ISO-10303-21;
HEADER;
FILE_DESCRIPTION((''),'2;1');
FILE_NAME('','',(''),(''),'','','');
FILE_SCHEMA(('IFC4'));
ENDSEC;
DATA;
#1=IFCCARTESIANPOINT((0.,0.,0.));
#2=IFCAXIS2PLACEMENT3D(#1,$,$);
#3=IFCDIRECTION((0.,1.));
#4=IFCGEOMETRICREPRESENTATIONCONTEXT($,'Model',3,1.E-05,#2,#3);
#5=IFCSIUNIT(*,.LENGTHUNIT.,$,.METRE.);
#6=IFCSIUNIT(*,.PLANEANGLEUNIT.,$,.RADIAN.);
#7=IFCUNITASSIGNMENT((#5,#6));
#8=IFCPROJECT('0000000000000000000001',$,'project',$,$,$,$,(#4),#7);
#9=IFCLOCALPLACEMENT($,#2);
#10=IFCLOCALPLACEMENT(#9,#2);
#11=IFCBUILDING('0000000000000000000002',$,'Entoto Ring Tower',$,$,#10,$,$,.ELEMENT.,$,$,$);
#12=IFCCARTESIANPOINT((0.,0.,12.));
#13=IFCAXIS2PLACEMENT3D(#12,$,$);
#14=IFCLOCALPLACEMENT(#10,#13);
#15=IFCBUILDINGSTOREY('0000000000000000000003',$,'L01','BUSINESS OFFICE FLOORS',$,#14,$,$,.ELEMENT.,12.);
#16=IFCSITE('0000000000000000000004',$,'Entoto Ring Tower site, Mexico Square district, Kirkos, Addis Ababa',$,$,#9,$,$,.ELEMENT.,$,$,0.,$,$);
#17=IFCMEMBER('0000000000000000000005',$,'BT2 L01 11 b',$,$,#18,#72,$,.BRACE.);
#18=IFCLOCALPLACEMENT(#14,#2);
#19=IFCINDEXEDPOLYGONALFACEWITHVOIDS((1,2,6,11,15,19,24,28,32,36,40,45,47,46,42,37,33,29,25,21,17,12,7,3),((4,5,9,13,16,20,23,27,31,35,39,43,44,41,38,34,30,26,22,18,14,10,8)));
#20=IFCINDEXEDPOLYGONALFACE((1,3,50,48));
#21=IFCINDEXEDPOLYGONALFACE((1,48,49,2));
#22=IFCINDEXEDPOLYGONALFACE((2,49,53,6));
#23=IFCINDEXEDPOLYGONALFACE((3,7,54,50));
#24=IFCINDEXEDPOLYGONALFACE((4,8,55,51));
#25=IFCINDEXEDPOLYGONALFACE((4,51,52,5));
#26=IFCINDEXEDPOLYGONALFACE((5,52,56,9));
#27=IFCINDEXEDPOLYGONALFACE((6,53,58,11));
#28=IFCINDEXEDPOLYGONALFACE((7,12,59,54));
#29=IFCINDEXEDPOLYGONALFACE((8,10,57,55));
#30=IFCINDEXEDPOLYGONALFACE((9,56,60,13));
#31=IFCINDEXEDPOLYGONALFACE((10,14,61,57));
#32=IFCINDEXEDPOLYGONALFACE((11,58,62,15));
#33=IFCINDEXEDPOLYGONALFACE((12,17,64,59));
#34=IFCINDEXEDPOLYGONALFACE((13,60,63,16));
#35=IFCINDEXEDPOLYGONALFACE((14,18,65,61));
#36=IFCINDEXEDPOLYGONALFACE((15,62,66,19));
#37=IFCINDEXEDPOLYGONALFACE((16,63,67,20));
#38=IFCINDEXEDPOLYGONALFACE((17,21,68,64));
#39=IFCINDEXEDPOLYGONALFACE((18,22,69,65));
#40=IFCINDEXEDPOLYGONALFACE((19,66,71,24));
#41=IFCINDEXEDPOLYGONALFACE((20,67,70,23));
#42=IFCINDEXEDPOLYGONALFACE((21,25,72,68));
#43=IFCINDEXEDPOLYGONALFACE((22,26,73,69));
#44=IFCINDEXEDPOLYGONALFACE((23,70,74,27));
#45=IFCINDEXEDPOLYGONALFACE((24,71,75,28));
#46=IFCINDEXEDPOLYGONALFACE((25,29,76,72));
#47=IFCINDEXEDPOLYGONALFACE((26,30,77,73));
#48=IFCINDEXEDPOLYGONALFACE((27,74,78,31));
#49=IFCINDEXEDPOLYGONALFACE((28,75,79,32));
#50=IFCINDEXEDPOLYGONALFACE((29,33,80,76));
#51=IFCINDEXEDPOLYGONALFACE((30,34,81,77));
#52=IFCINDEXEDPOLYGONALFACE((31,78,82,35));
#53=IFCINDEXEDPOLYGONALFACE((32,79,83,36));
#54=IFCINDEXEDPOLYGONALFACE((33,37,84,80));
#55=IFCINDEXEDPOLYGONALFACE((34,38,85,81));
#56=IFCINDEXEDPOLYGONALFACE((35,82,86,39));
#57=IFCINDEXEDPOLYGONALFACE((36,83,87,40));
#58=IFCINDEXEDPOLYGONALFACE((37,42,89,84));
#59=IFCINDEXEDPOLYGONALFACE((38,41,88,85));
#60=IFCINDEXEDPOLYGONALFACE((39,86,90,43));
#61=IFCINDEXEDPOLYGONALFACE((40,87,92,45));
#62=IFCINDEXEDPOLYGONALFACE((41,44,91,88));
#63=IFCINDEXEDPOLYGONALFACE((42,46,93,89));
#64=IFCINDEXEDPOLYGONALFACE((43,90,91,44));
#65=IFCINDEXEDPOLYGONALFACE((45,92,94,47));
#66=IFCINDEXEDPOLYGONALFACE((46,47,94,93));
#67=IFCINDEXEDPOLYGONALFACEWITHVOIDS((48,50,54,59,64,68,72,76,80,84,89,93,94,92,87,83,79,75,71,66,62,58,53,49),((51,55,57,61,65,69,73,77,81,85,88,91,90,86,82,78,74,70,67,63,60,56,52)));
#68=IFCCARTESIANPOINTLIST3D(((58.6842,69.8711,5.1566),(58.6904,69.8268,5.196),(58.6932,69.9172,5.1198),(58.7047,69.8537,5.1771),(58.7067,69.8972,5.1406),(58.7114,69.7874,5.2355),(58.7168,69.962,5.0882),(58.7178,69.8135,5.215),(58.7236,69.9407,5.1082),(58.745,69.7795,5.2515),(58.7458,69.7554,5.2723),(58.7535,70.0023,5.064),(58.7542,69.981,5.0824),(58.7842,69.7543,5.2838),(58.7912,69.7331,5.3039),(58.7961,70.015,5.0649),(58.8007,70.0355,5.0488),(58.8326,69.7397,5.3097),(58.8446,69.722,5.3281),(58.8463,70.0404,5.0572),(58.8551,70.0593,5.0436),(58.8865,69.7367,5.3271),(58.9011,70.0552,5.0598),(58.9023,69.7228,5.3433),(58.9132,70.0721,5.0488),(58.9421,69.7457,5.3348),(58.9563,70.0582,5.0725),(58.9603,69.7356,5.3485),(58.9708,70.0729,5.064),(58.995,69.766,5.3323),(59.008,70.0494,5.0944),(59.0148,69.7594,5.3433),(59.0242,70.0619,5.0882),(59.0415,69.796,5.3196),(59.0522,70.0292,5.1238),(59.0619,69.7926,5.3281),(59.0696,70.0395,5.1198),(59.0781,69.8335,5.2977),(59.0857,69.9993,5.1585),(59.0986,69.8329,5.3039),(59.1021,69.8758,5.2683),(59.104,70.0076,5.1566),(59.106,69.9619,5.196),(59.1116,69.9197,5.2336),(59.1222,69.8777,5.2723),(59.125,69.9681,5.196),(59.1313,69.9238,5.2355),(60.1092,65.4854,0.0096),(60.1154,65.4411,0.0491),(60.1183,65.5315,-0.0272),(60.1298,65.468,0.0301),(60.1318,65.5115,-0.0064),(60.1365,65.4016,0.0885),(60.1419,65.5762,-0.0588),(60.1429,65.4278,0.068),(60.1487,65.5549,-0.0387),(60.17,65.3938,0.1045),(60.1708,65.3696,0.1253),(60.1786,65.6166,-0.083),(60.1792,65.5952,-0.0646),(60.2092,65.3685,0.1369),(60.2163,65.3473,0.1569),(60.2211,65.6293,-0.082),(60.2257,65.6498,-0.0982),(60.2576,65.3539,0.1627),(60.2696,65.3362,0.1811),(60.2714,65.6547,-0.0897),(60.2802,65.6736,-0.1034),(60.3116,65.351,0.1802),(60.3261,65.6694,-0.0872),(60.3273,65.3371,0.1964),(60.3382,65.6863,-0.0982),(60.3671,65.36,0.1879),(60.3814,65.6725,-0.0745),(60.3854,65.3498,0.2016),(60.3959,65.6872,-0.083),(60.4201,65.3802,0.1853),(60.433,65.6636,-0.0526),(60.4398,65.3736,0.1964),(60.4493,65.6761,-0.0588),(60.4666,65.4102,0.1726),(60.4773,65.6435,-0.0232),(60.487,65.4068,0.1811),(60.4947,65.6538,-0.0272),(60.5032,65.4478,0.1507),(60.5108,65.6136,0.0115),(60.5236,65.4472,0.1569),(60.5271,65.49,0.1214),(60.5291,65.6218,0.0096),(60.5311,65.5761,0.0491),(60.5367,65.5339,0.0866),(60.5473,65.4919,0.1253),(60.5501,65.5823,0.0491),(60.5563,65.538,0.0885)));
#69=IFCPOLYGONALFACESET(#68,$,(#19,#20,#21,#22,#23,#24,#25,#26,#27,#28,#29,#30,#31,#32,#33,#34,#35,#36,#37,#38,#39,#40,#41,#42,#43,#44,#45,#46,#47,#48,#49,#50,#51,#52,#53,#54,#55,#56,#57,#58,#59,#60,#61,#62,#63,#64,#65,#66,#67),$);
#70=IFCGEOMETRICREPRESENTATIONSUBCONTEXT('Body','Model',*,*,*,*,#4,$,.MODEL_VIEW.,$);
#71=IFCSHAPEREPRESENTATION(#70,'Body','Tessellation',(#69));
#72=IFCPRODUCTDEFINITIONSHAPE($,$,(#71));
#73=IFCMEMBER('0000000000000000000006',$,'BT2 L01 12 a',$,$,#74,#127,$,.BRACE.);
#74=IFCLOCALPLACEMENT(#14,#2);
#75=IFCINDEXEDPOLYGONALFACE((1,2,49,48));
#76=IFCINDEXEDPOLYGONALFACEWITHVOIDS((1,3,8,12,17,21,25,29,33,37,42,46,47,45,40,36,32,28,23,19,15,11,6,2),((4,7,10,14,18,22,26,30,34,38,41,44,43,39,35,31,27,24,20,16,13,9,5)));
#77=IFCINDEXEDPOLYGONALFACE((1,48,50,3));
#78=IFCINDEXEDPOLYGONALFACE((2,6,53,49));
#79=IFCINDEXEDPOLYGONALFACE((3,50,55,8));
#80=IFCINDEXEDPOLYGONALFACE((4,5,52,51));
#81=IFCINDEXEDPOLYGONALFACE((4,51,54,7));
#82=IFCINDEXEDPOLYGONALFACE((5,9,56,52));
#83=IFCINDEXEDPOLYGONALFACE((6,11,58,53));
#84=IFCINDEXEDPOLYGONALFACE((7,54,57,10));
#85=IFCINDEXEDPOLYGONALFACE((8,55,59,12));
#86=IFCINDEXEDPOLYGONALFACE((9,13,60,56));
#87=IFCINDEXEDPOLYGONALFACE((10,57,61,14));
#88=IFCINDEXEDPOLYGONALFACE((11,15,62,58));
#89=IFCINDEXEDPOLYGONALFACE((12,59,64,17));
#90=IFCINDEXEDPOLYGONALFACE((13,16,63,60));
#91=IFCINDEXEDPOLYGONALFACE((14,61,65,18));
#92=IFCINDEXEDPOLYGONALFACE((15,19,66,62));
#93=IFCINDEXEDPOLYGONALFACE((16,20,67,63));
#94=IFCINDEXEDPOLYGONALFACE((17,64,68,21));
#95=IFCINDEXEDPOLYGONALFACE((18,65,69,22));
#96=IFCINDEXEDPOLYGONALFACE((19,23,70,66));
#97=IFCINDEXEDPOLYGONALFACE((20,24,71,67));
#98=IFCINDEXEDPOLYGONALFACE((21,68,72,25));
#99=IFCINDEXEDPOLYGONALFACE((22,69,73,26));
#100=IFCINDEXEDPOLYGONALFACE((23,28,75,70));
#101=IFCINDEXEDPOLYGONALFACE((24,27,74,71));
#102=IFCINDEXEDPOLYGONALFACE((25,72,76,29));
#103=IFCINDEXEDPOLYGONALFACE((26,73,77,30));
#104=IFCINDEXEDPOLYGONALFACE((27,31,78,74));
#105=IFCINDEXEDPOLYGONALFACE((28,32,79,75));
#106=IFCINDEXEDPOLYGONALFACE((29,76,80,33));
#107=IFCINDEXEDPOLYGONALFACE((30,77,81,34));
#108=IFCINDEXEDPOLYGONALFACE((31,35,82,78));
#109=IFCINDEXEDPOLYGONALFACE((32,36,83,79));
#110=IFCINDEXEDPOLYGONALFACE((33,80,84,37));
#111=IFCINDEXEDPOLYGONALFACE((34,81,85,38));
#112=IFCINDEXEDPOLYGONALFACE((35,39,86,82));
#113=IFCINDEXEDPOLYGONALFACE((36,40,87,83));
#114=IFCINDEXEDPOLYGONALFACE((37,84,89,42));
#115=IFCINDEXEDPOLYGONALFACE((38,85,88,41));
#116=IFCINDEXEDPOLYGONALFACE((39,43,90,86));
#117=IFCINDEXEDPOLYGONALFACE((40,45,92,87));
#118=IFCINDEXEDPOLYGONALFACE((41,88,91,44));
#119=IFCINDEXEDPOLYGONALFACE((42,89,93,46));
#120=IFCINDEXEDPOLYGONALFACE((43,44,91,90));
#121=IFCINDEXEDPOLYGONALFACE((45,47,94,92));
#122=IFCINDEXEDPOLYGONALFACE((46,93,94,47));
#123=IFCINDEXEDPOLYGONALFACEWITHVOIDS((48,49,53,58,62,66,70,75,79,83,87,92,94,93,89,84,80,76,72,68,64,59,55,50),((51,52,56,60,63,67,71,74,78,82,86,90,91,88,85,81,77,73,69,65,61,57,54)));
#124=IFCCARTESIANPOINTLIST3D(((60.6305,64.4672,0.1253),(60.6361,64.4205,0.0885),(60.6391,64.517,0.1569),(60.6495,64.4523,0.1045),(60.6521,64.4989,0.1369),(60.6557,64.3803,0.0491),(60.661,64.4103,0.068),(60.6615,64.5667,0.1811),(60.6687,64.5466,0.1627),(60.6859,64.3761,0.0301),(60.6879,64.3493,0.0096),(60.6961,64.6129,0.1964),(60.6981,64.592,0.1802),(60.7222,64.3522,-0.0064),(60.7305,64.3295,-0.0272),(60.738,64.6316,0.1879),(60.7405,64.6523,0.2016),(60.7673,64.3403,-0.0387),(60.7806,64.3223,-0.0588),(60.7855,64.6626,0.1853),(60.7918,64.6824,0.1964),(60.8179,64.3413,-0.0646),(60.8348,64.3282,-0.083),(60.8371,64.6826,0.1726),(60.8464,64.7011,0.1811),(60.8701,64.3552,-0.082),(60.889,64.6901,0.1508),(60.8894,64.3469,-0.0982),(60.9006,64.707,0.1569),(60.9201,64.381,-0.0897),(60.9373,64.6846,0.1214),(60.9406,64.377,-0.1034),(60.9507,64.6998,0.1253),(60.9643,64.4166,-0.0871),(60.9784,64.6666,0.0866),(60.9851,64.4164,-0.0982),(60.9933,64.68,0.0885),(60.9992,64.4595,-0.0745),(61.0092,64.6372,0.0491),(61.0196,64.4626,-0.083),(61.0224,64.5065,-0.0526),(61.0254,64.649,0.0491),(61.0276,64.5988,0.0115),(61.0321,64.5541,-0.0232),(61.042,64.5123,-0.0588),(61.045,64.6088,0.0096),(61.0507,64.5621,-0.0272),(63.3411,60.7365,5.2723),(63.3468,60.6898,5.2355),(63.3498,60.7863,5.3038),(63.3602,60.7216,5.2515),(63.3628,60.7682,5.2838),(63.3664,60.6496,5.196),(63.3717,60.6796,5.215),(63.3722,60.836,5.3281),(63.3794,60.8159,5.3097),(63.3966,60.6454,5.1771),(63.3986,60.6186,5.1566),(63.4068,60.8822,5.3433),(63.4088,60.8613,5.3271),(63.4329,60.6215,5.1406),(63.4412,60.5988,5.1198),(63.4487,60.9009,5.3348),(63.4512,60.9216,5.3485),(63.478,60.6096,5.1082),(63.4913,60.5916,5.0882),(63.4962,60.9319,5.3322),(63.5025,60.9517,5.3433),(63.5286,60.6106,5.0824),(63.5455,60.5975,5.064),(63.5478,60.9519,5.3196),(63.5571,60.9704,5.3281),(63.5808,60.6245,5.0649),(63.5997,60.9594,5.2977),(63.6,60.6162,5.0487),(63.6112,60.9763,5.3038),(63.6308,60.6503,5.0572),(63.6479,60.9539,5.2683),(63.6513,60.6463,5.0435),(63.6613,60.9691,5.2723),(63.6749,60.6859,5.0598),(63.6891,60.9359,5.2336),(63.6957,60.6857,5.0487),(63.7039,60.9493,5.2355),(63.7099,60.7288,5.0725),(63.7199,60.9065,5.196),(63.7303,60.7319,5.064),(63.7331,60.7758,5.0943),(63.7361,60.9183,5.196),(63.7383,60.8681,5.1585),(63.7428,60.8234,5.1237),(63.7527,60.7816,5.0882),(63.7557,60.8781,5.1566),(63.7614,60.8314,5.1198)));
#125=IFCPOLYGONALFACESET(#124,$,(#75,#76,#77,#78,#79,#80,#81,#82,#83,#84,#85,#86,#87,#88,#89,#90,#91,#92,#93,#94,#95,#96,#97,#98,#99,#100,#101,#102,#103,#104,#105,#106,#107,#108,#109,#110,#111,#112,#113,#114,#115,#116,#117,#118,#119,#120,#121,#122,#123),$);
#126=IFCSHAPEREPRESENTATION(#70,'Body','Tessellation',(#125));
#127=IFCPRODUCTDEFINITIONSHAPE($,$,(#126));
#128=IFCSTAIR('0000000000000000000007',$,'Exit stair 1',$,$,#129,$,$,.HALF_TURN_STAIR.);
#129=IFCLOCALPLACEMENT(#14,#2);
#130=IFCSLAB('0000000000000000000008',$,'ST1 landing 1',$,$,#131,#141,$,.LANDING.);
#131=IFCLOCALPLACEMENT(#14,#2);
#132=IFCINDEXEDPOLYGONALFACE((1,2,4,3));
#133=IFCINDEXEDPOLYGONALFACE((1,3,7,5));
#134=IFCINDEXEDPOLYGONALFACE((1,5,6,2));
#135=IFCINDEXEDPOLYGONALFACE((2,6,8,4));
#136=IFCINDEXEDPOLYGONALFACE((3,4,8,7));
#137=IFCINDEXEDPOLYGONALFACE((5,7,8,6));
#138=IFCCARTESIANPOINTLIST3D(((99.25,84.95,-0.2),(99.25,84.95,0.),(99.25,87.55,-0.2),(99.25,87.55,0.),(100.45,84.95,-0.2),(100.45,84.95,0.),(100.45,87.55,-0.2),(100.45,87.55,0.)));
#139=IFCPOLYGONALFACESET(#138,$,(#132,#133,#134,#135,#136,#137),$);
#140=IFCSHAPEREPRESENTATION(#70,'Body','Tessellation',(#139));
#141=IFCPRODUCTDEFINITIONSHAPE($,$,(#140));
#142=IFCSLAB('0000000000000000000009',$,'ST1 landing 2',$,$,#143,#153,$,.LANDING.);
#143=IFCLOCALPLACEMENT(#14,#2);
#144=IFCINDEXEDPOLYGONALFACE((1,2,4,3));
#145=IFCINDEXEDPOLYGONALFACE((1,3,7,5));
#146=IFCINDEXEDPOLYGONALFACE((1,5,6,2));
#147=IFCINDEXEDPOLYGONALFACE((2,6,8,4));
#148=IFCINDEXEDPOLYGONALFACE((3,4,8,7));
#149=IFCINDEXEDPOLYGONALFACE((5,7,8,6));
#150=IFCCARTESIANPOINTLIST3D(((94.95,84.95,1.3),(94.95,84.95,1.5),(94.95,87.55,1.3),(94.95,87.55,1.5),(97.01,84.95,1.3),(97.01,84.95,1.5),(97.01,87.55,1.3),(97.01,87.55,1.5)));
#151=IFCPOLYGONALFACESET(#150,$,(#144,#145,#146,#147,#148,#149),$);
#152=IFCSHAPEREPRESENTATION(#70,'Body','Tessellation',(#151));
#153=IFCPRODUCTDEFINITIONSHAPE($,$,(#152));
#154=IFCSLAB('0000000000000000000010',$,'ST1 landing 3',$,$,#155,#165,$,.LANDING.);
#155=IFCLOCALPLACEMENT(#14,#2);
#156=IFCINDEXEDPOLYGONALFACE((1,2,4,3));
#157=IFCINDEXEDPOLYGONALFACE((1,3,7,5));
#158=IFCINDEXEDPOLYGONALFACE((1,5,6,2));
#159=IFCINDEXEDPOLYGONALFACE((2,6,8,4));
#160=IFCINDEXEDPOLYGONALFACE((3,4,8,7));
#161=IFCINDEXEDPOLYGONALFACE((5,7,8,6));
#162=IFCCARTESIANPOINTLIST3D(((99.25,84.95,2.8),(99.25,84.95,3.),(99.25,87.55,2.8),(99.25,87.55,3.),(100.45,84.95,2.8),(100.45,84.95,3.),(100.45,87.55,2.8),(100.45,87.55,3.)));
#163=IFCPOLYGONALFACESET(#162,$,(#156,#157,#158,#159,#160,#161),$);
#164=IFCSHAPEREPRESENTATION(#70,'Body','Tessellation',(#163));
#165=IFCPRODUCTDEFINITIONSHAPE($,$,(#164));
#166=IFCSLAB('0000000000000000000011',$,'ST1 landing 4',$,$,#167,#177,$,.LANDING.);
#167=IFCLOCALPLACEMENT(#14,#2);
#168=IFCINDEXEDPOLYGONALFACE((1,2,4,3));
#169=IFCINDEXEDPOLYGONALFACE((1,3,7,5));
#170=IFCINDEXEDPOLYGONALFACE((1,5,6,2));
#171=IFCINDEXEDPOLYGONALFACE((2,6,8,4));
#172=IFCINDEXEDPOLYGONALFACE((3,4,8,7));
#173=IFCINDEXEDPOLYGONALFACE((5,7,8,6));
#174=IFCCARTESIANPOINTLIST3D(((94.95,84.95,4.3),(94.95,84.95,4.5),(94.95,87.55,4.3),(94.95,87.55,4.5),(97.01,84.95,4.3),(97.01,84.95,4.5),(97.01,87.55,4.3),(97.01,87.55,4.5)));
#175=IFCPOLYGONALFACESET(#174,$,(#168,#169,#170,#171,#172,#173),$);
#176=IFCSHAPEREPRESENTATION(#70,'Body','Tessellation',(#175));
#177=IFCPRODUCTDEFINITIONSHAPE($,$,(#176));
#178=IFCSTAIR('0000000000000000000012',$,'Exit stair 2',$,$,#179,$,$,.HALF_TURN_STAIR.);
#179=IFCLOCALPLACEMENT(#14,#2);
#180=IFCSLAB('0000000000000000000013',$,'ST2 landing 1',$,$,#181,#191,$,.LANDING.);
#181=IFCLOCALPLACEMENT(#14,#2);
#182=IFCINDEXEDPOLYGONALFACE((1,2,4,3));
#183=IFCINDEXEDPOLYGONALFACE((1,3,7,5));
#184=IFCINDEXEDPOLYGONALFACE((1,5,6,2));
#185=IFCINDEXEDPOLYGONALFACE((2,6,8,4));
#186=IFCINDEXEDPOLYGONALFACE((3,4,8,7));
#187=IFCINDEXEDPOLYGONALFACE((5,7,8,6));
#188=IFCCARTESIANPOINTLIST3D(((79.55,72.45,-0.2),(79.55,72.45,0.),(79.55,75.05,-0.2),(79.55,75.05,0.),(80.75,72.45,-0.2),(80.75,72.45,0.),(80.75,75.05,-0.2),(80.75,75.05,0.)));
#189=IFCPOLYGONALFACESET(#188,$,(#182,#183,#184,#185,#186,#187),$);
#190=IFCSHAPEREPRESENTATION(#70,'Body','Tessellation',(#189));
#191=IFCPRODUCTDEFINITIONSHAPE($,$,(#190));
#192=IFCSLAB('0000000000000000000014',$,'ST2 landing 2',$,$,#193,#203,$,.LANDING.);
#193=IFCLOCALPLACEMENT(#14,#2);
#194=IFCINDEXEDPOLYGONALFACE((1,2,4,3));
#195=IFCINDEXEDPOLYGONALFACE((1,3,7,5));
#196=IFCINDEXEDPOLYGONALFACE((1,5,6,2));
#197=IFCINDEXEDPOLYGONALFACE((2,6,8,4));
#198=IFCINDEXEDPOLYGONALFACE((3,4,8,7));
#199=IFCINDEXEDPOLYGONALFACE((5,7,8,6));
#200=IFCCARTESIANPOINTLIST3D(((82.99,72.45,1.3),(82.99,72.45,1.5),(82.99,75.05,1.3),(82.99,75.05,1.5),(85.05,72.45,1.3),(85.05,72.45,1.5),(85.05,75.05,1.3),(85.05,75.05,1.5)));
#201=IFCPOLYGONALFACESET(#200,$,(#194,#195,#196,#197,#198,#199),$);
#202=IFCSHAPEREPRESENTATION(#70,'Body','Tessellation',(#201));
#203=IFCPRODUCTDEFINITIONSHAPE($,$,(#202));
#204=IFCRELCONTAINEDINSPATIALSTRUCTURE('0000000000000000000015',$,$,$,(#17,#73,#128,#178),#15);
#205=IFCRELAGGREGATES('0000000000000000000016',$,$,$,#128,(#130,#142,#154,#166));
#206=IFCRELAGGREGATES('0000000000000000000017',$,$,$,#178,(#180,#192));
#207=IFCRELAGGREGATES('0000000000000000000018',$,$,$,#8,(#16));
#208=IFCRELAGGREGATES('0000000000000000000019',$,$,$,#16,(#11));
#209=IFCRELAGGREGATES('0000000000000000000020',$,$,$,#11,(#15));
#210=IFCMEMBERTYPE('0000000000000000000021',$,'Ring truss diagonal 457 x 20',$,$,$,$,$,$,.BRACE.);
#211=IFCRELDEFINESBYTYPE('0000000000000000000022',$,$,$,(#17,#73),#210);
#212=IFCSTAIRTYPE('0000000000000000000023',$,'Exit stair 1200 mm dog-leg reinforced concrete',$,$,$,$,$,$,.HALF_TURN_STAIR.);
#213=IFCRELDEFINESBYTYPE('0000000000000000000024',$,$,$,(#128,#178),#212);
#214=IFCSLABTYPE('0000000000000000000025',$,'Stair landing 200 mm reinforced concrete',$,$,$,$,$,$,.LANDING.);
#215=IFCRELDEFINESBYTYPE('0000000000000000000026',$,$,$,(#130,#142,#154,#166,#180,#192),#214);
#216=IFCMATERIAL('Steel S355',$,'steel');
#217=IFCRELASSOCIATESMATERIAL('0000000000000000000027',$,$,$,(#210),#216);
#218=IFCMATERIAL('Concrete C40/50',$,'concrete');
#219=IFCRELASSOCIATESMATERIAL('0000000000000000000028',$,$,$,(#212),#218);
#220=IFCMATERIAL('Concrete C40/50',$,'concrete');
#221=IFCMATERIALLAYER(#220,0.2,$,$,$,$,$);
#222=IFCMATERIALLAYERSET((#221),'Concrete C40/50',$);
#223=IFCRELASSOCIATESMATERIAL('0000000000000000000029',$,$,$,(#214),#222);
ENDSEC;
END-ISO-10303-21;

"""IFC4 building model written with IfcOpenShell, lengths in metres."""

from ifc_helpers import new_model, si_unit, direction, frame, origin, origin_2d, place, context, subcontext, project, spatial, polyline, circle, hollow_circle, outline, extrude, material, layer, layer_set, material_profile, profile_set, type_object, element, aggregate, save


model = new_model("IFC4")

# Units and contexts
model_context = context("Model", 3, precision=1e-05, world=origin(), true_north=direction((0.0, 1.0)))
body_context = subcontext(model_context, "Body", "Model", "MODEL_VIEW")
ifc_project = project(units=[si_unit("LENGTHUNIT", "METRE"), si_unit("PLANEANGLEUNIT", "RADIAN")], contexts=[model_context])

# Site, building, storey
site_placement = place(None, origin())
site = spatial("IfcSite", under=ifc_project, at=site_placement, Name="Entoto Ring Tower site, Mexico Square district, Kirkos, Addis Ababa", CompositionType="ELEMENT", RefElevation=0.0)
building_placement = place(site_placement, origin())
building = spatial("IfcBuilding", under=site, at=building_placement, Name="Entoto Ring Tower", CompositionType="ELEMENT")
storey_placement = place(building_placement, frame((0.0, 0.0, 12.0)))
storey = spatial("IfcBuildingStorey", under=building, at=storey_placement, Name="L01", Description="BUSINESS OFFICE FLOORS", CompositionType="ELEMENT", Elevation=12.0)

# Members
ifc_material_1 = material(Name="Steel S355", Category="steel")
ifc_material_profile_1 = material_profile(ifc_material_1, hollow_circle(Radius=0.2285, WallThickness=0.02, at=origin_2d()), Name="CHS 457 x 20")
ifc_material_2 = material(Name="Concrete C60/75", Category="concrete")
ifc_material_profile_2 = material_profile(ifc_material_2, circle(Radius=0.2085, at=origin_2d()), Name="Concrete C60/75 infill")
ifc_profile_set_1 = profile_set([ifc_material_profile_1, ifc_material_profile_2], Name="Steel S355")
member_type_1 = type_object("IfcMemberType", Name="Ring truss diagonal 457 x 20", PredefinedType="BRACE", material=ifc_profile_set_1)
for number, where, z_axis, x_axis, name in (
    (1, (58.9077, 69.8975, 5.196), (0.206211, -0.634637, -0.744791), (0.951054, 0.309024, 0.0), "BT2 L01 11 b"),
    (2, (60.8406, 64.5146, 0.0491), (0.392247, -0.539848, 0.744786), (0.808999, 0.58781, 0.0), "BT2 L01 12 a"),
):
    element("IfcMember", number, at=place(storey_placement, frame(where, z_axis=z_axis, x_axis=x_axis)), inside=storey, type_object=member_type_1, Name=name, PredefinedType="BRACE", context=body_context, shape_type="SweptSolid", body=[
        extrude(hollow_circle(Radius=0.2285, WallThickness=0.02, at=origin_2d()), origin(), (0.0, 0.0, 1.0), 6.9106),
    ])

# Stairs, slabs
ifc_material_3 = material(Name="Concrete C40/50", Category="concrete")
stair_type = type_object("IfcStairType", Name="Exit stair 1200 mm dog-leg reinforced concrete", PredefinedType="HALF_TURN_STAIR", material=ifc_material_3)
stair_1_placement = place(storey_placement, origin())
stair_1 = element("IfcStair", 3, at=stair_1_placement, inside=storey, type_object=stair_type, Name="Exit stair 1", PredefinedType="HALF_TURN_STAIR")
ifc_material_4 = material(Name="Concrete C40/50", Category="concrete")
ifc_layer_1 = layer(ifc_material_4, 0.2)
ifc_layer_set_1 = layer_set([ifc_layer_1], Name="Concrete C40/50")
slab_type_1 = type_object("IfcSlabType", Name="Stair landing 200 mm reinforced concrete", PredefinedType="LANDING", material=ifc_layer_set_1)
slab_1_placement = place(storey_placement, frame((0.0, 0.0, -0.2)))
slab_1 = element("IfcSlab", 4, at=slab_1_placement, type_object=slab_type_1, Name="ST1 landing 1", PredefinedType="LANDING", context=body_context, shape_type="SweptSolid", body=[
    extrude(outline(polyline([(100.45, 84.95), (100.45, 87.55), (99.25, 87.55), (99.25, 84.95), (100.45, 84.95)])), origin(), (0.0, 0.0, 1.0), 0.2),
])
slab_2_placement = place(storey_placement, frame((0.0, 0.0, 1.3)))
slab_2 = element("IfcSlab", 5, at=slab_2_placement, type_object=slab_type_1, Name="ST1 landing 2", PredefinedType="LANDING", context=body_context, shape_type="SweptSolid", body=[
    extrude(outline(polyline([(94.95, 84.95), (97.01, 84.95), (97.01, 87.55), (94.95, 87.55), (94.95, 84.95)])), origin(), (0.0, 0.0, 1.0), 0.2),
])
slab_3_placement = place(storey_placement, frame((0.0, 0.0, 2.8)))
slab_3 = element("IfcSlab", 6, at=slab_3_placement, type_object=slab_type_1, Name="ST1 landing 3", PredefinedType="LANDING", context=body_context, shape_type="SweptSolid", body=[
    extrude(outline(polyline([(99.25, 84.95), (100.45, 84.95), (100.45, 87.55), (99.25, 87.55), (99.25, 84.95)])), origin(), (0.0, 0.0, 1.0), 0.2),
])
slab_4_placement = place(storey_placement, frame((0.0, 0.0, 4.3)))
slab_4 = element("IfcSlab", 7, at=slab_4_placement, type_object=slab_type_1, Name="ST1 landing 4", PredefinedType="LANDING", context=body_context, shape_type="SweptSolid", body=[
    extrude(outline(polyline([(94.95, 84.95), (97.01, 84.95), (97.01, 87.55), (94.95, 87.55), (94.95, 84.95)])), origin(), (0.0, 0.0, 1.0), 0.2),
])
aggregate(stair_1, [slab_1, slab_2, slab_3, slab_4])
stair_2_placement = place(storey_placement, origin())
stair_2 = element("IfcStair", 8, at=stair_2_placement, inside=storey, type_object=stair_type, Name="Exit stair 2", PredefinedType="HALF_TURN_STAIR")
slab_5_placement = place(storey_placement, frame((0.0, 0.0, -0.2)))
slab_5 = element("IfcSlab", 9, at=slab_5_placement, type_object=slab_type_1, Name="ST2 landing 1", PredefinedType="LANDING", context=body_context, shape_type="SweptSolid", body=[
    extrude(outline(polyline([(80.75, 72.45), (80.75, 75.05), (79.55, 75.05), (79.55, 72.45), (80.75, 72.45)])), origin(), (0.0, 0.0, 1.0), 0.2),
])
slab_6_placement = place(storey_placement, frame((0.0, 0.0, 1.3)))
slab_6 = element("IfcSlab", 10, at=slab_6_placement, type_object=slab_type_1, Name="ST2 landing 2", PredefinedType="LANDING", context=body_context, shape_type="SweptSolid", body=[
    extrude(outline(polyline([(82.99, 72.45), (85.05, 72.45), (85.05, 75.05), (82.99, 75.05), (82.99, 72.45)])), origin(), (0.0, 0.0, 1.0), 0.2),
])
aggregate(stair_2, [slab_5, slab_6])

save(model, "model.ifc")
